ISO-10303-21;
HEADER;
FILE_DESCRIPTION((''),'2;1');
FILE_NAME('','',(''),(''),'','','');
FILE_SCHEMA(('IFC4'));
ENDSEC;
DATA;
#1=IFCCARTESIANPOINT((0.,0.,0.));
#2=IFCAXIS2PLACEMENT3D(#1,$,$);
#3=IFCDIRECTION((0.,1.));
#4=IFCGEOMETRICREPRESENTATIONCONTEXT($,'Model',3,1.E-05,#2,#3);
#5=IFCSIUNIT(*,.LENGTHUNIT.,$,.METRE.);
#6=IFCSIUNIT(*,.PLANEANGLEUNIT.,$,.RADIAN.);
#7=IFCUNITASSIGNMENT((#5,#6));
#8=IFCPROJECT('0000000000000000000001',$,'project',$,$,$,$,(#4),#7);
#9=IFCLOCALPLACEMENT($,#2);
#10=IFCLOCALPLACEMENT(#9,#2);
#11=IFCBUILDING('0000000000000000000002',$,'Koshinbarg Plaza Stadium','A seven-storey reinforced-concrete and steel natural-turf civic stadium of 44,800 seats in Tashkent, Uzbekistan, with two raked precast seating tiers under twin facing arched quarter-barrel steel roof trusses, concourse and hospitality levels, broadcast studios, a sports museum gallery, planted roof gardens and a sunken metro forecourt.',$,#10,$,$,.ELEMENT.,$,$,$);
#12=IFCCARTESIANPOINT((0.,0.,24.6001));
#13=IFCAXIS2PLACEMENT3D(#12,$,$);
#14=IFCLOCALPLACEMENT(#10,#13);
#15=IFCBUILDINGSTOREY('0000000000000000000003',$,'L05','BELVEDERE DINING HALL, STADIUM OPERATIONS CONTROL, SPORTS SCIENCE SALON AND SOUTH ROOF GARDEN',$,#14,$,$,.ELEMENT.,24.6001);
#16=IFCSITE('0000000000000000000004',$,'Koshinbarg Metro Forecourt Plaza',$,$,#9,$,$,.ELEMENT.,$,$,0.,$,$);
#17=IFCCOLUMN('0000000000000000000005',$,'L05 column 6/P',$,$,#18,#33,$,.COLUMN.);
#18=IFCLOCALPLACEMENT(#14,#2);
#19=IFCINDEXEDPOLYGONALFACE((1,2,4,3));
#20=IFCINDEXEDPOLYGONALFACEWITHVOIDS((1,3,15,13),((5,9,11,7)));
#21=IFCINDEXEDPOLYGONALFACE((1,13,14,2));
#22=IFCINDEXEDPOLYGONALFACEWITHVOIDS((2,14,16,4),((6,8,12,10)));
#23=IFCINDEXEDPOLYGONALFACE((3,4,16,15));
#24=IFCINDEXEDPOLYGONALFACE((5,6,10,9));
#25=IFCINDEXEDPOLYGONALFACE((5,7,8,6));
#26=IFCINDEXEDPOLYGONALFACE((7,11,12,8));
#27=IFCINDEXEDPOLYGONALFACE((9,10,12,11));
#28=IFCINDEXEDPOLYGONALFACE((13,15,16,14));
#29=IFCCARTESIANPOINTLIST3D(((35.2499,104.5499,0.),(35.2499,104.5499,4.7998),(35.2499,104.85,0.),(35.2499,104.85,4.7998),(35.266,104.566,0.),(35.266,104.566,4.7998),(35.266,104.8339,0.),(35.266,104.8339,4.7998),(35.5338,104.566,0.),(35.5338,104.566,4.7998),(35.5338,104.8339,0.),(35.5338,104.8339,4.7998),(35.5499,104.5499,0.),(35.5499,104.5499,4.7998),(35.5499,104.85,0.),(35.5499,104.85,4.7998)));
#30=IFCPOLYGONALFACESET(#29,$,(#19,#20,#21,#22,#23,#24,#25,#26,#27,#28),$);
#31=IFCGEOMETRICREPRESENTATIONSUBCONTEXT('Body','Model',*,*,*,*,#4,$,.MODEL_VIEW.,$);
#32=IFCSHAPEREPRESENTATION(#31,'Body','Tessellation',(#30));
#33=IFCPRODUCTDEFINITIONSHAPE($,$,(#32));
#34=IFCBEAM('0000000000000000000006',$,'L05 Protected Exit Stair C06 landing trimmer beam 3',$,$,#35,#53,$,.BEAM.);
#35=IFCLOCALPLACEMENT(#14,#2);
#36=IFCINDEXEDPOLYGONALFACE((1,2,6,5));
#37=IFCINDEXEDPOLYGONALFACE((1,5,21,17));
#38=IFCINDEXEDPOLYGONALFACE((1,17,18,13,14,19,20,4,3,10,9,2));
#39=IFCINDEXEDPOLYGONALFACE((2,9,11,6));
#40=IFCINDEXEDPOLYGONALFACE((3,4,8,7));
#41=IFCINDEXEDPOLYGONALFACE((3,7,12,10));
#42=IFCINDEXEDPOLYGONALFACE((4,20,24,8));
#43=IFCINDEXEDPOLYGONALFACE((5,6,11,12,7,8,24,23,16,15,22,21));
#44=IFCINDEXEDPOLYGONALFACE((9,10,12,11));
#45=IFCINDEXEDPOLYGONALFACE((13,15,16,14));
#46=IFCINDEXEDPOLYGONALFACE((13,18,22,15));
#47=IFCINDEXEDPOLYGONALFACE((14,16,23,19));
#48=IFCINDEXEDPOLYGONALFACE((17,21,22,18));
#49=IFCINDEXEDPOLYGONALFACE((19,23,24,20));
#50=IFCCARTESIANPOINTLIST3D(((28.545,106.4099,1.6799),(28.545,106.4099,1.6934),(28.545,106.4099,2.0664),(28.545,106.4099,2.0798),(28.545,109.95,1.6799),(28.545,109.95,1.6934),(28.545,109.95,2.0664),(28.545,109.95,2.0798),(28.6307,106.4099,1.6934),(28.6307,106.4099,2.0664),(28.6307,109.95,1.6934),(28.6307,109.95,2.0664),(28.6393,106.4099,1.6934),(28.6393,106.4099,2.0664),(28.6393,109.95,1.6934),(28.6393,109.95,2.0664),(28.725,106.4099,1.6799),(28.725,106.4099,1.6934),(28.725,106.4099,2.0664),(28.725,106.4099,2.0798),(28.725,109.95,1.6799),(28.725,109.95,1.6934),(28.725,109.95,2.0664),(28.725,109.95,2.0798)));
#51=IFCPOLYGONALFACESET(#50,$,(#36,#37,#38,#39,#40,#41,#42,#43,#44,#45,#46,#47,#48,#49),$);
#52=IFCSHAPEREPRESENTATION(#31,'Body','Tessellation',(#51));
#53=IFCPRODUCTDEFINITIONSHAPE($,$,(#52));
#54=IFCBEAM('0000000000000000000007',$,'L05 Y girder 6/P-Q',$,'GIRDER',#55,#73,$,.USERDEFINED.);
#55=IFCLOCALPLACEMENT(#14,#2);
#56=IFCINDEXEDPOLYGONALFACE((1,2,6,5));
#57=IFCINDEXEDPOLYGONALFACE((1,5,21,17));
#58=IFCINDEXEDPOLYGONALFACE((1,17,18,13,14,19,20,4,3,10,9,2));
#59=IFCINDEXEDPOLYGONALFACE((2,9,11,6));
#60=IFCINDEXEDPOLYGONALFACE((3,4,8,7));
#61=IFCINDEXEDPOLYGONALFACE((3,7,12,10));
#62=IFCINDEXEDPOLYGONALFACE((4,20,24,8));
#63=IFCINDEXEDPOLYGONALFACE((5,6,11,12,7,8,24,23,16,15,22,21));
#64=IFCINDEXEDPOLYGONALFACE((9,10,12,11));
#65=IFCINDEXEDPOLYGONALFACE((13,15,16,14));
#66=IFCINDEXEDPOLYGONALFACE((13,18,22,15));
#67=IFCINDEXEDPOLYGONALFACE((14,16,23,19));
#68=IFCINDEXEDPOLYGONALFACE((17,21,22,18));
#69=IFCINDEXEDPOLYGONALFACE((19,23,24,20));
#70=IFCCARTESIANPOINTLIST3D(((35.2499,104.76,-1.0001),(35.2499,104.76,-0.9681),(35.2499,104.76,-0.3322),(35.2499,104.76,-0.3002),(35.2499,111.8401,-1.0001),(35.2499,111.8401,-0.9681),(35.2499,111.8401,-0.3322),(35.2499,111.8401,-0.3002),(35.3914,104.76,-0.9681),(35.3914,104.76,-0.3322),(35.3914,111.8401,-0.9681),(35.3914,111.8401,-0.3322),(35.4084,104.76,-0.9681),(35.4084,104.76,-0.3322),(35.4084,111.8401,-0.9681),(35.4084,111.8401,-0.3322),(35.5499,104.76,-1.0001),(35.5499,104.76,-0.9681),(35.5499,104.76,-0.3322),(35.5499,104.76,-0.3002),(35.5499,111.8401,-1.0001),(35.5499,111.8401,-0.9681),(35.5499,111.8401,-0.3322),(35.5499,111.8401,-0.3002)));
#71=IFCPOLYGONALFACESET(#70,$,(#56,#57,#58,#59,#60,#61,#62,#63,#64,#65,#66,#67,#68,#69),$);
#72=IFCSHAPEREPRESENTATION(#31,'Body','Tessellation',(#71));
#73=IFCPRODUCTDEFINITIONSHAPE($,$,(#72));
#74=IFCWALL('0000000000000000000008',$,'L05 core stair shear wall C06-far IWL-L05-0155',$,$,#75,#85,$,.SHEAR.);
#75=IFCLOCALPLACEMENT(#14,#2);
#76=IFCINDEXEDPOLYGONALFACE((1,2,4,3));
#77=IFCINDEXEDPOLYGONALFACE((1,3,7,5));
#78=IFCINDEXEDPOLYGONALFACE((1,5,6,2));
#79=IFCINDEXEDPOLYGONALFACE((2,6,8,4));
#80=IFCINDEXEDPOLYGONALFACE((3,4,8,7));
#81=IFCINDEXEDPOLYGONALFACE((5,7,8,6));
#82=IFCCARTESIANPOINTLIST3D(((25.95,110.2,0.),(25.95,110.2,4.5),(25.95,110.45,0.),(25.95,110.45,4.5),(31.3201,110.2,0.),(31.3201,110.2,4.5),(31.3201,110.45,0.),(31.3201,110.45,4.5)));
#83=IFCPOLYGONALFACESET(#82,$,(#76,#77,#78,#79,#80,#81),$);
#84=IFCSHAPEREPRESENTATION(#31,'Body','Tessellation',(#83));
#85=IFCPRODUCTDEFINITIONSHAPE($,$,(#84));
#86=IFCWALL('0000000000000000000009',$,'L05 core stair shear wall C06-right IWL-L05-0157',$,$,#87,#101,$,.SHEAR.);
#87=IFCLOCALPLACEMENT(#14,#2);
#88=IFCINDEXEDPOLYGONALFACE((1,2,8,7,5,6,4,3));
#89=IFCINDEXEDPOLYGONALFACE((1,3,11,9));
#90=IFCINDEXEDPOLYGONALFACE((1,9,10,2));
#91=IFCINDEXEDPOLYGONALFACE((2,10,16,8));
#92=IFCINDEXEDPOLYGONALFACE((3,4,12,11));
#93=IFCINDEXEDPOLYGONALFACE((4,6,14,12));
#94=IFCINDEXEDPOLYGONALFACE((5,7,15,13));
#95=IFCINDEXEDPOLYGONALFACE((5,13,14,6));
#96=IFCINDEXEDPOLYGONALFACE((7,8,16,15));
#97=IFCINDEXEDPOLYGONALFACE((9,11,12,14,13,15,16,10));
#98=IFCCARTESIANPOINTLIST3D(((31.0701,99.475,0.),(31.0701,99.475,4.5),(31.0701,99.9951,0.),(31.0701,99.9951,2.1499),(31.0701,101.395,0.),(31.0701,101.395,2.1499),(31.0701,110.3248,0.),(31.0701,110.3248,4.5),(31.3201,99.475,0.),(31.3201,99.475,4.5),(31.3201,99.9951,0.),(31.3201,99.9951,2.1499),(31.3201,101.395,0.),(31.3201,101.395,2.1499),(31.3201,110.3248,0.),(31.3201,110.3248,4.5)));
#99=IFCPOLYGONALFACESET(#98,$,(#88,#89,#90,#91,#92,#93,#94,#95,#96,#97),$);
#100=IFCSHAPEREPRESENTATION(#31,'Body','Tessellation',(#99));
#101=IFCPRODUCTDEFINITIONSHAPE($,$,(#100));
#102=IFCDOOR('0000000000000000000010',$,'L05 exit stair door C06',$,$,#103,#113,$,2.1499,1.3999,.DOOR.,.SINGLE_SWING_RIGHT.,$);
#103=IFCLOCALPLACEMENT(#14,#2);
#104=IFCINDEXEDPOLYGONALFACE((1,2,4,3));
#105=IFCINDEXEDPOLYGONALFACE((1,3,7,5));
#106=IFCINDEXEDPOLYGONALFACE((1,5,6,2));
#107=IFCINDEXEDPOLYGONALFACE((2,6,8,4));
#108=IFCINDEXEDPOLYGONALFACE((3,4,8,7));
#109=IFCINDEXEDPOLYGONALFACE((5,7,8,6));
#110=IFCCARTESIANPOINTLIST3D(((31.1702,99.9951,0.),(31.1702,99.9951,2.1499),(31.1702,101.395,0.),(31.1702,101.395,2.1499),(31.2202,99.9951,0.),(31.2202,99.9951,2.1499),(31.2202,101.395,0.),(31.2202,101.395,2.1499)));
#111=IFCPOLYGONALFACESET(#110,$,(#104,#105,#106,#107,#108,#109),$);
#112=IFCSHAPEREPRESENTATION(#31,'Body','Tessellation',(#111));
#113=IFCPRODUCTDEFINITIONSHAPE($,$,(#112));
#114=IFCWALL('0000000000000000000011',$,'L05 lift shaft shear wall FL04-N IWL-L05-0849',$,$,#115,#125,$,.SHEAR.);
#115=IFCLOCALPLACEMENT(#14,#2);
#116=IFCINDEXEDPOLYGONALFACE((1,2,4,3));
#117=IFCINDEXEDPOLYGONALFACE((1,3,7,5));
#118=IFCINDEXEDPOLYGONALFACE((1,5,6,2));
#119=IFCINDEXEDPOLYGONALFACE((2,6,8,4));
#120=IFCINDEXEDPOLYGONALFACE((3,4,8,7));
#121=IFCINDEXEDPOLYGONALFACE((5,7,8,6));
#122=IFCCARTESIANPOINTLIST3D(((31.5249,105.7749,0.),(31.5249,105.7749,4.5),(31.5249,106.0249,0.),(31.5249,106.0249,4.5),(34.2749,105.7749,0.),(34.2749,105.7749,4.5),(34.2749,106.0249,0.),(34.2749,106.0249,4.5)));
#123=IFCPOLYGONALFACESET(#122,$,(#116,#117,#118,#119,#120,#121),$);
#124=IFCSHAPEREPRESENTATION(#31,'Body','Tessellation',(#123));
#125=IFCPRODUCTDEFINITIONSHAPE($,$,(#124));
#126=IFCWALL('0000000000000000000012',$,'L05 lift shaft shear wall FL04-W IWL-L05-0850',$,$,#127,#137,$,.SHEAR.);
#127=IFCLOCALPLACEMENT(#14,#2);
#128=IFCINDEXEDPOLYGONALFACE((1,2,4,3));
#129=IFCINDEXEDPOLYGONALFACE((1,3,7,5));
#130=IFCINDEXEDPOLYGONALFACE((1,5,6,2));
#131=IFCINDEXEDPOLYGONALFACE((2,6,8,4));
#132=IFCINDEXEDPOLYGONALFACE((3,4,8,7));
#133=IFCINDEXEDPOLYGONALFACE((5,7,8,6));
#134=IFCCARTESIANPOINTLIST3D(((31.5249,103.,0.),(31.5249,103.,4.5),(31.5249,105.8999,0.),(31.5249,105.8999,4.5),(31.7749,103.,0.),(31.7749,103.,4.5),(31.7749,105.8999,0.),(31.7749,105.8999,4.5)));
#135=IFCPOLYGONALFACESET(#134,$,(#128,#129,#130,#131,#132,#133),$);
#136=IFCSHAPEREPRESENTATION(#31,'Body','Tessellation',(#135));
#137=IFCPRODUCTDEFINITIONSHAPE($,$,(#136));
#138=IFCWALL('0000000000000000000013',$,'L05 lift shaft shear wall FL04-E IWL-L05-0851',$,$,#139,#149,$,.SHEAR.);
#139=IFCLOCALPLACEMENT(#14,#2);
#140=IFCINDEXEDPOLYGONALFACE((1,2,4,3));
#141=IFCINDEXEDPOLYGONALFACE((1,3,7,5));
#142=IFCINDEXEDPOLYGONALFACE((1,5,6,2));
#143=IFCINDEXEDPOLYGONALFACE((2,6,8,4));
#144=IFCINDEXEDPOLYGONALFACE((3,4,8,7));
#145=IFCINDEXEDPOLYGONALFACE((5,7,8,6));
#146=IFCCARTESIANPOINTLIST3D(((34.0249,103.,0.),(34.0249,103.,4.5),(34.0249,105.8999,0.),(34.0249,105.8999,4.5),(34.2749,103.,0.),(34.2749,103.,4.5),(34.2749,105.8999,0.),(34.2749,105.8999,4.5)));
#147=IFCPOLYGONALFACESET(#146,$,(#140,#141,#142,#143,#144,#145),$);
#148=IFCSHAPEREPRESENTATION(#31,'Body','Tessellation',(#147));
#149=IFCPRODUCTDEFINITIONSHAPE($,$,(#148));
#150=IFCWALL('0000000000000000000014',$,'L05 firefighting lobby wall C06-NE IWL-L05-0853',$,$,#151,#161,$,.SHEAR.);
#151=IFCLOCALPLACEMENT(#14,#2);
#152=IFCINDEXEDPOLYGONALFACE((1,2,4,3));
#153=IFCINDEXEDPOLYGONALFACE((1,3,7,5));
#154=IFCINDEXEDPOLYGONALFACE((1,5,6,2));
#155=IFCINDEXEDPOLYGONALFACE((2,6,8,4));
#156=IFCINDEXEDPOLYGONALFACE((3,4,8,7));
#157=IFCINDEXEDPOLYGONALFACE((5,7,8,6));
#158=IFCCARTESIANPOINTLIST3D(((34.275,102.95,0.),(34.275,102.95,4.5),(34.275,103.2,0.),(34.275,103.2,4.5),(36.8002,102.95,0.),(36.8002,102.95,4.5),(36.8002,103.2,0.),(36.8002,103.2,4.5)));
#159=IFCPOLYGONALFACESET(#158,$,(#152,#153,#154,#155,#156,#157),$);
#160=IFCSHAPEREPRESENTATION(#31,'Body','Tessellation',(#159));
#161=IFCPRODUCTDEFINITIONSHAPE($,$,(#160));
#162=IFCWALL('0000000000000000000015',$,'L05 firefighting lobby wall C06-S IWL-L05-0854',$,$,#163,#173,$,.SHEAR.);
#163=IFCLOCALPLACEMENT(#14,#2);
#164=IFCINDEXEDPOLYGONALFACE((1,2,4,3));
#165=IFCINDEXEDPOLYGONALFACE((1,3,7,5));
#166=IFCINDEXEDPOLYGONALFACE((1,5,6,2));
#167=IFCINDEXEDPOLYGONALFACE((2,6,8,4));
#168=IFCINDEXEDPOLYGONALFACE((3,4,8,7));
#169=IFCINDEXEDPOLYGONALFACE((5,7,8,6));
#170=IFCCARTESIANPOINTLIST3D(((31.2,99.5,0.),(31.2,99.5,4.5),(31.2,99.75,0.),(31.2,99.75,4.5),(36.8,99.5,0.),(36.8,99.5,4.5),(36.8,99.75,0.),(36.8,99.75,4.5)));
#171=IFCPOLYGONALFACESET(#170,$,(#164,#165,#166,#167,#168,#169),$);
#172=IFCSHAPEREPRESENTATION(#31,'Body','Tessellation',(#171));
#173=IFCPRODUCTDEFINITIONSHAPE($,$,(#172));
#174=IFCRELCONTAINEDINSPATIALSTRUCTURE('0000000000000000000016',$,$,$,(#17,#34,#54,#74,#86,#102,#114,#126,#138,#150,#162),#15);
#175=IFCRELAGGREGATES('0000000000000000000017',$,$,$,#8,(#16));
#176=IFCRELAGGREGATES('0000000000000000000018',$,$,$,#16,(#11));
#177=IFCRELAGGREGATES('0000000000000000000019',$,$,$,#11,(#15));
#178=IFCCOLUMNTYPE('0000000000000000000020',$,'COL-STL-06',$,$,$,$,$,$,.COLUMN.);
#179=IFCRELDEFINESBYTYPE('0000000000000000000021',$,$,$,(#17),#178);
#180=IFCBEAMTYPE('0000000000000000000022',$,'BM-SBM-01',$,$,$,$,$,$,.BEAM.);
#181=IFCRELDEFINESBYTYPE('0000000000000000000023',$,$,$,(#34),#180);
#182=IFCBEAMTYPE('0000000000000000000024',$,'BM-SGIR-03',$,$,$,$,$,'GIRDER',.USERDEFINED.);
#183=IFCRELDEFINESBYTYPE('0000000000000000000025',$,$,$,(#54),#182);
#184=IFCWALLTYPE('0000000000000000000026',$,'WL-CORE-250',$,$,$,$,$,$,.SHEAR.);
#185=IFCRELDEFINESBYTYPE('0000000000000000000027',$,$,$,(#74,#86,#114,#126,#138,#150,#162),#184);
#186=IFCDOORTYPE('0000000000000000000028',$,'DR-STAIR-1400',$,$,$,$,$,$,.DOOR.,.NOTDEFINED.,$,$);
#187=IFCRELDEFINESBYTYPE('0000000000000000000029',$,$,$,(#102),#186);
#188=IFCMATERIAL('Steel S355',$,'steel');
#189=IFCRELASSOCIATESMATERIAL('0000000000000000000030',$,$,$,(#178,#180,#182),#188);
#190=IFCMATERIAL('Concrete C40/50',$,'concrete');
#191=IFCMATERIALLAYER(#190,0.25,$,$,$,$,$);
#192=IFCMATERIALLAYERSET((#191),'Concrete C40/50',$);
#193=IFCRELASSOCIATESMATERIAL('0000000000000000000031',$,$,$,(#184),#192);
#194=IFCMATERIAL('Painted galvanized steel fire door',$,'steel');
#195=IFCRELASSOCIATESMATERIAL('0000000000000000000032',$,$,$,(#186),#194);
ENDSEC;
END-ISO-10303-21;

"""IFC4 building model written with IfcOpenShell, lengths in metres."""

from ifc_helpers import new_model, si_unit, direction, frame, frame_2d, origin, origin_2d, place, context, subcontext, project, spatial, rectangle, hollow_rectangle, i_section, extrude, material, layer, layer_set, material_profile, profile_set, type_object, element, fill, save


model = new_model("IFC4")

# Units and contexts
model_context = context("Model", 3, precision=1e-05, world=origin(), true_north=direction((0.0, 1.0)))
body_context = subcontext(model_context, "Body", "Model", "MODEL_VIEW")
ifc_project = project(units=[si_unit("LENGTHUNIT", "METRE"), si_unit("PLANEANGLEUNIT", "RADIAN")], contexts=[model_context])

# Site, building, storey
site_placement = place(None, origin())
site = spatial("IfcSite", under=ifc_project, at=site_placement, Name="Koshinbarg Metro Forecourt Plaza", CompositionType="ELEMENT", RefElevation=0.0)
building_placement = place(site_placement, origin())
building = spatial("IfcBuilding", under=site, at=building_placement, Name="Koshinbarg Plaza Stadium", Description="A seven-storey reinforced-concrete and steel natural-turf civic stadium of 44,800 seats in Tashkent, Uzbekistan, with two raked precast seating tiers under twin facing arched quarter-barrel steel roof trusses, concourse and hospitality levels, broadcast studios, a sports museum gallery, planted roof gardens and a sunken metro forecourt.", CompositionType="ELEMENT")
storey_placement = place(building_placement, frame((0.0, 0.0, 24.6001)))
storey = spatial("IfcBuildingStorey", under=building, at=storey_placement, Name="L05", Description="BELVEDERE DINING HALL, STADIUM OPERATIONS CONTROL, SPORTS SCIENCE SALON AND SOUTH ROOF GARDEN", CompositionType="ELEMENT", Elevation=24.6001)

# Column
ifc_material_1 = material(Name="Steel S355", Category="steel")
ifc_material_profile_1 = material_profile(ifc_material_1, hollow_rectangle(XDim=0.3, YDim=0.3, WallThickness=0.0161, at=origin_2d()), Name="SHS 300x300x16")
ifc_profile_set_1 = profile_set([ifc_material_profile_1], Name="Steel S355")
column_type = type_object("IfcColumnType", Name="COL-STL-06", PredefinedType="COLUMN", material=ifc_profile_set_1)
column_placement = place(storey_placement, frame((35.3999, 104.7, 0.0), z_axis=(0.0, 0.0, 1.0), x_axis=(1.0, 0.0, 0.0)))
element("IfcColumn", 1, at=column_placement, inside=storey, type_object=column_type, Name="L05 column 6/P", PredefinedType="COLUMN", context=body_context, shape_type="SweptSolid", body=[
    extrude(hollow_rectangle(XDim=0.3, YDim=0.3, WallThickness=0.0161, at=origin_2d()), origin(), (0.0, 0.0, 1.0), 4.7998),
])

# Beams
ifc_material_profile_2 = material_profile(ifc_material_1, i_section(OverallWidth=0.1799, OverallDepth=0.3999, WebThickness=0.0085, FlangeThickness=0.0134, at=origin_2d()), Name="IPE 400")
ifc_profile_set_2 = profile_set([ifc_material_profile_2], Name="Steel S355")
beam_type_1 = type_object("IfcBeamType", Name="BM-SBM-01", PredefinedType="BEAM", material=ifc_profile_set_2)
beam_1_placement = place(storey_placement, frame((28.635, 106.4099, 1.8799), z_axis=(0.0, 1.0, 0.0), x_axis=(-1.0, 0.0, 0.0)))
element("IfcBeam", 2, at=beam_1_placement, inside=storey, type_object=beam_type_1, Name="L05 Protected Exit Stair C06 landing trimmer beam 3", PredefinedType="BEAM", context=body_context, shape_type="SweptSolid", body=[
    extrude(i_section(OverallWidth=0.1799, OverallDepth=0.3999, WebThickness=0.0085, FlangeThickness=0.0134, at=origin_2d()), origin(), (0.0, 0.0, 1.0), 3.54),
])
ifc_material_profile_3 = material_profile(ifc_material_1, i_section(OverallWidth=0.3, OverallDepth=0.7, WebThickness=0.0171, FlangeThickness=0.032, at=origin_2d()), Name="HEB 700")
ifc_profile_set_3 = profile_set([ifc_material_profile_3], Name="Steel S355")
beam_type_2 = type_object("IfcBeamType", Name="BM-SGIR-03", ElementType="GIRDER", PredefinedType="USERDEFINED", material=ifc_profile_set_3)
beam_2_placement = place(storey_placement, frame((35.3999, 104.76, -0.6501), z_axis=(0.0, 1.0, 0.0), x_axis=(-1.0, 0.0, 0.0)))
element("IfcBeam", 3, at=beam_2_placement, inside=storey, type_object=beam_type_2, Name="L05 Y girder 6/P-Q", ObjectType="GIRDER", PredefinedType="USERDEFINED", context=body_context, shape_type="SweptSolid", body=[
    extrude(i_section(OverallWidth=0.3, OverallDepth=0.7, WebThickness=0.0171, FlangeThickness=0.032, at=origin_2d()), origin(), (0.0, 0.0, 1.0), 7.0801),
])

# Wall
ifc_material_2 = material(Name="Concrete C40/50", Category="concrete")
ifc_layer_1 = layer(ifc_material_2, 0.25)
ifc_layer_set_1 = layer_set([ifc_layer_1], Name="Concrete C40/50")
wall_type_1 = type_object("IfcWallType", Name="WL-CORE-250", PredefinedType="SHEAR", material=ifc_layer_set_1)
wall_1_placement = place(storey_placement, frame((31.3201, 110.325, 0.0), z_axis=(0.0, 0.0, 1.0), x_axis=(-1.0, 0.0, 0.0)))
element("IfcWall", 4, at=wall_1_placement, inside=storey, type_object=wall_type_1, Name="L05 core stair shear wall C06-far IWL-L05-0155", PredefinedType="SHEAR", context=body_context, shape_type="SweptSolid", body=[
    extrude(rectangle(XDim=5.3701, YDim=0.25, at=frame_2d((2.6851, 0.0))), origin(), (0.0, 0.0, 1.0), 4.5),
])

# Wall, opening, door
wall_2_placement = place(storey_placement, frame((31.1951, 99.4751, 0.0), z_axis=(0.0, 0.0, 1.0), x_axis=(0.0, 1.0, 0.0)))
wall_2 = element("IfcWall", 5, at=wall_2_placement, inside=storey, type_object=wall_type_1, Name="L05 core stair shear wall C06-right IWL-L05-0157", PredefinedType="SHEAR", context=body_context, shape_type="SweptSolid", body=[
    extrude(rectangle(XDim=10.8499, YDim=0.25, at=frame_2d((5.4248, 0.0))), origin(), (0.0, 0.0, 1.0), 4.5),
])
opening_1_placement = place(wall_2_placement, frame((0.52, 0.0, 0.0)))
opening_1 = element("IfcOpeningElement", 6, at=opening_1_placement, cuts=wall_2, PredefinedType="OPENING", context=body_context, shape_type="SweptSolid", body=[
    extrude(rectangle(XDim=1.3999, YDim=2.1499, at=frame_2d((0.7, 1.075))), frame((0.0, 0.135, 0.0), z_axis=(0.0, -1.0, 0.0), x_axis=(1.0, 0.0, 0.0)), (0.0, 0.0, 1.0), 0.27),
])
ifc_material_3 = material(Name="Painted galvanized steel fire door", Category="steel")
door_type_1 = type_object("IfcDoorType", Name="DR-STAIR-1400", OperationType="NOTDEFINED", PredefinedType="DOOR", material=ifc_material_3)
door_1_placement = place(opening_1_placement, origin())
door_1 = element("IfcDoor", 7, at=door_1_placement, inside=storey, type_object=door_type_1, Name="L05 exit stair door C06", OperationType="SINGLE_SWING_RIGHT", OverallHeight=2.1499, OverallWidth=1.3999, PredefinedType="DOOR", context=body_context, shape_type="SweptSolid", body=[
    extrude(rectangle(XDim=1.3999, YDim=2.1499, at=frame_2d((0.7, 1.075))), frame((0.0, 0.0249, 0.0), z_axis=(0.0, -1.0, 0.0), x_axis=(1.0, 0.0, 0.0)), (0.0, 0.0, 1.0), 0.05),
])
fill(opening_1, door_1)

# Walls
wall_3_placement = place(storey_placement, frame((34.2749, 105.8999, 0.0), z_axis=(0.0, 0.0, 1.0), x_axis=(-1.0, 0.0, 0.0)))
element("IfcWall", 8, at=wall_3_placement, inside=storey, type_object=wall_type_1, Name="L05 lift shaft shear wall FL04-N IWL-L05-0849", PredefinedType="SHEAR", context=body_context, shape_type="SweptSolid", body=[
    extrude(rectangle(XDim=2.75, YDim=0.25, at=frame_2d((1.375, 0.0))), origin(), (0.0, 0.0, 1.0), 4.5),
])
for number, where, z_axis, x_axis, name in (
    (9, (31.6499, 105.8999, 0.0), (0.0, 0.0, 1.0), (0.0, -1.0, 0.0), "L05 lift shaft shear wall FL04-W IWL-L05-0850"),
    (10, (34.1499, 103.0, 0.0), (0.0, 0.0, 1.0), (0.0, 1.0, 0.0), "L05 lift shaft shear wall FL04-E IWL-L05-0851"),
):
    element("IfcWall", number, at=place(storey_placement, frame(where, z_axis=z_axis, x_axis=x_axis)), inside=storey, type_object=wall_type_1, Name=name, PredefinedType="SHEAR", context=body_context, shape_type="SweptSolid", body=[
        extrude(rectangle(XDim=2.8999, YDim=0.25, at=frame_2d((1.45, 0.0))), origin(), (0.0, 0.0, 1.0), 4.5),
    ])

# Walls
wall_4_placement = place(storey_placement, frame((34.2749, 103.075, 0.0), z_axis=(0.0, 0.0, 1.0), x_axis=(1.0, 0.0, 0.0)))
element("IfcWall", 11, at=wall_4_placement, inside=storey, type_object=wall_type_1, Name="L05 firefighting lobby wall C06-NE IWL-L05-0853", PredefinedType="SHEAR", context=body_context, shape_type="SweptSolid", body=[
    extrude(rectangle(XDim=2.5251, YDim=0.25, at=frame_2d((1.2627, 0.0))), origin(), (0.0, 0.0, 1.0), 4.5),
])
wall_5_placement = place(storey_placement, frame((31.2, 99.625, 0.0), z_axis=(0.0, 0.0, 1.0), x_axis=(1.0, 0.0, 0.0)))
element("IfcWall", 12, at=wall_5_placement, inside=storey, type_object=wall_type_1, Name="L05 firefighting lobby wall C06-S IWL-L05-0854", PredefinedType="SHEAR", context=body_context, shape_type="SweptSolid", body=[
    extrude(rectangle(XDim=5.6001, YDim=0.25, at=frame_2d((2.8, 0.0))), origin(), (0.0, 0.0, 1.0), 4.5),
])

save(model, "model.ifc")
